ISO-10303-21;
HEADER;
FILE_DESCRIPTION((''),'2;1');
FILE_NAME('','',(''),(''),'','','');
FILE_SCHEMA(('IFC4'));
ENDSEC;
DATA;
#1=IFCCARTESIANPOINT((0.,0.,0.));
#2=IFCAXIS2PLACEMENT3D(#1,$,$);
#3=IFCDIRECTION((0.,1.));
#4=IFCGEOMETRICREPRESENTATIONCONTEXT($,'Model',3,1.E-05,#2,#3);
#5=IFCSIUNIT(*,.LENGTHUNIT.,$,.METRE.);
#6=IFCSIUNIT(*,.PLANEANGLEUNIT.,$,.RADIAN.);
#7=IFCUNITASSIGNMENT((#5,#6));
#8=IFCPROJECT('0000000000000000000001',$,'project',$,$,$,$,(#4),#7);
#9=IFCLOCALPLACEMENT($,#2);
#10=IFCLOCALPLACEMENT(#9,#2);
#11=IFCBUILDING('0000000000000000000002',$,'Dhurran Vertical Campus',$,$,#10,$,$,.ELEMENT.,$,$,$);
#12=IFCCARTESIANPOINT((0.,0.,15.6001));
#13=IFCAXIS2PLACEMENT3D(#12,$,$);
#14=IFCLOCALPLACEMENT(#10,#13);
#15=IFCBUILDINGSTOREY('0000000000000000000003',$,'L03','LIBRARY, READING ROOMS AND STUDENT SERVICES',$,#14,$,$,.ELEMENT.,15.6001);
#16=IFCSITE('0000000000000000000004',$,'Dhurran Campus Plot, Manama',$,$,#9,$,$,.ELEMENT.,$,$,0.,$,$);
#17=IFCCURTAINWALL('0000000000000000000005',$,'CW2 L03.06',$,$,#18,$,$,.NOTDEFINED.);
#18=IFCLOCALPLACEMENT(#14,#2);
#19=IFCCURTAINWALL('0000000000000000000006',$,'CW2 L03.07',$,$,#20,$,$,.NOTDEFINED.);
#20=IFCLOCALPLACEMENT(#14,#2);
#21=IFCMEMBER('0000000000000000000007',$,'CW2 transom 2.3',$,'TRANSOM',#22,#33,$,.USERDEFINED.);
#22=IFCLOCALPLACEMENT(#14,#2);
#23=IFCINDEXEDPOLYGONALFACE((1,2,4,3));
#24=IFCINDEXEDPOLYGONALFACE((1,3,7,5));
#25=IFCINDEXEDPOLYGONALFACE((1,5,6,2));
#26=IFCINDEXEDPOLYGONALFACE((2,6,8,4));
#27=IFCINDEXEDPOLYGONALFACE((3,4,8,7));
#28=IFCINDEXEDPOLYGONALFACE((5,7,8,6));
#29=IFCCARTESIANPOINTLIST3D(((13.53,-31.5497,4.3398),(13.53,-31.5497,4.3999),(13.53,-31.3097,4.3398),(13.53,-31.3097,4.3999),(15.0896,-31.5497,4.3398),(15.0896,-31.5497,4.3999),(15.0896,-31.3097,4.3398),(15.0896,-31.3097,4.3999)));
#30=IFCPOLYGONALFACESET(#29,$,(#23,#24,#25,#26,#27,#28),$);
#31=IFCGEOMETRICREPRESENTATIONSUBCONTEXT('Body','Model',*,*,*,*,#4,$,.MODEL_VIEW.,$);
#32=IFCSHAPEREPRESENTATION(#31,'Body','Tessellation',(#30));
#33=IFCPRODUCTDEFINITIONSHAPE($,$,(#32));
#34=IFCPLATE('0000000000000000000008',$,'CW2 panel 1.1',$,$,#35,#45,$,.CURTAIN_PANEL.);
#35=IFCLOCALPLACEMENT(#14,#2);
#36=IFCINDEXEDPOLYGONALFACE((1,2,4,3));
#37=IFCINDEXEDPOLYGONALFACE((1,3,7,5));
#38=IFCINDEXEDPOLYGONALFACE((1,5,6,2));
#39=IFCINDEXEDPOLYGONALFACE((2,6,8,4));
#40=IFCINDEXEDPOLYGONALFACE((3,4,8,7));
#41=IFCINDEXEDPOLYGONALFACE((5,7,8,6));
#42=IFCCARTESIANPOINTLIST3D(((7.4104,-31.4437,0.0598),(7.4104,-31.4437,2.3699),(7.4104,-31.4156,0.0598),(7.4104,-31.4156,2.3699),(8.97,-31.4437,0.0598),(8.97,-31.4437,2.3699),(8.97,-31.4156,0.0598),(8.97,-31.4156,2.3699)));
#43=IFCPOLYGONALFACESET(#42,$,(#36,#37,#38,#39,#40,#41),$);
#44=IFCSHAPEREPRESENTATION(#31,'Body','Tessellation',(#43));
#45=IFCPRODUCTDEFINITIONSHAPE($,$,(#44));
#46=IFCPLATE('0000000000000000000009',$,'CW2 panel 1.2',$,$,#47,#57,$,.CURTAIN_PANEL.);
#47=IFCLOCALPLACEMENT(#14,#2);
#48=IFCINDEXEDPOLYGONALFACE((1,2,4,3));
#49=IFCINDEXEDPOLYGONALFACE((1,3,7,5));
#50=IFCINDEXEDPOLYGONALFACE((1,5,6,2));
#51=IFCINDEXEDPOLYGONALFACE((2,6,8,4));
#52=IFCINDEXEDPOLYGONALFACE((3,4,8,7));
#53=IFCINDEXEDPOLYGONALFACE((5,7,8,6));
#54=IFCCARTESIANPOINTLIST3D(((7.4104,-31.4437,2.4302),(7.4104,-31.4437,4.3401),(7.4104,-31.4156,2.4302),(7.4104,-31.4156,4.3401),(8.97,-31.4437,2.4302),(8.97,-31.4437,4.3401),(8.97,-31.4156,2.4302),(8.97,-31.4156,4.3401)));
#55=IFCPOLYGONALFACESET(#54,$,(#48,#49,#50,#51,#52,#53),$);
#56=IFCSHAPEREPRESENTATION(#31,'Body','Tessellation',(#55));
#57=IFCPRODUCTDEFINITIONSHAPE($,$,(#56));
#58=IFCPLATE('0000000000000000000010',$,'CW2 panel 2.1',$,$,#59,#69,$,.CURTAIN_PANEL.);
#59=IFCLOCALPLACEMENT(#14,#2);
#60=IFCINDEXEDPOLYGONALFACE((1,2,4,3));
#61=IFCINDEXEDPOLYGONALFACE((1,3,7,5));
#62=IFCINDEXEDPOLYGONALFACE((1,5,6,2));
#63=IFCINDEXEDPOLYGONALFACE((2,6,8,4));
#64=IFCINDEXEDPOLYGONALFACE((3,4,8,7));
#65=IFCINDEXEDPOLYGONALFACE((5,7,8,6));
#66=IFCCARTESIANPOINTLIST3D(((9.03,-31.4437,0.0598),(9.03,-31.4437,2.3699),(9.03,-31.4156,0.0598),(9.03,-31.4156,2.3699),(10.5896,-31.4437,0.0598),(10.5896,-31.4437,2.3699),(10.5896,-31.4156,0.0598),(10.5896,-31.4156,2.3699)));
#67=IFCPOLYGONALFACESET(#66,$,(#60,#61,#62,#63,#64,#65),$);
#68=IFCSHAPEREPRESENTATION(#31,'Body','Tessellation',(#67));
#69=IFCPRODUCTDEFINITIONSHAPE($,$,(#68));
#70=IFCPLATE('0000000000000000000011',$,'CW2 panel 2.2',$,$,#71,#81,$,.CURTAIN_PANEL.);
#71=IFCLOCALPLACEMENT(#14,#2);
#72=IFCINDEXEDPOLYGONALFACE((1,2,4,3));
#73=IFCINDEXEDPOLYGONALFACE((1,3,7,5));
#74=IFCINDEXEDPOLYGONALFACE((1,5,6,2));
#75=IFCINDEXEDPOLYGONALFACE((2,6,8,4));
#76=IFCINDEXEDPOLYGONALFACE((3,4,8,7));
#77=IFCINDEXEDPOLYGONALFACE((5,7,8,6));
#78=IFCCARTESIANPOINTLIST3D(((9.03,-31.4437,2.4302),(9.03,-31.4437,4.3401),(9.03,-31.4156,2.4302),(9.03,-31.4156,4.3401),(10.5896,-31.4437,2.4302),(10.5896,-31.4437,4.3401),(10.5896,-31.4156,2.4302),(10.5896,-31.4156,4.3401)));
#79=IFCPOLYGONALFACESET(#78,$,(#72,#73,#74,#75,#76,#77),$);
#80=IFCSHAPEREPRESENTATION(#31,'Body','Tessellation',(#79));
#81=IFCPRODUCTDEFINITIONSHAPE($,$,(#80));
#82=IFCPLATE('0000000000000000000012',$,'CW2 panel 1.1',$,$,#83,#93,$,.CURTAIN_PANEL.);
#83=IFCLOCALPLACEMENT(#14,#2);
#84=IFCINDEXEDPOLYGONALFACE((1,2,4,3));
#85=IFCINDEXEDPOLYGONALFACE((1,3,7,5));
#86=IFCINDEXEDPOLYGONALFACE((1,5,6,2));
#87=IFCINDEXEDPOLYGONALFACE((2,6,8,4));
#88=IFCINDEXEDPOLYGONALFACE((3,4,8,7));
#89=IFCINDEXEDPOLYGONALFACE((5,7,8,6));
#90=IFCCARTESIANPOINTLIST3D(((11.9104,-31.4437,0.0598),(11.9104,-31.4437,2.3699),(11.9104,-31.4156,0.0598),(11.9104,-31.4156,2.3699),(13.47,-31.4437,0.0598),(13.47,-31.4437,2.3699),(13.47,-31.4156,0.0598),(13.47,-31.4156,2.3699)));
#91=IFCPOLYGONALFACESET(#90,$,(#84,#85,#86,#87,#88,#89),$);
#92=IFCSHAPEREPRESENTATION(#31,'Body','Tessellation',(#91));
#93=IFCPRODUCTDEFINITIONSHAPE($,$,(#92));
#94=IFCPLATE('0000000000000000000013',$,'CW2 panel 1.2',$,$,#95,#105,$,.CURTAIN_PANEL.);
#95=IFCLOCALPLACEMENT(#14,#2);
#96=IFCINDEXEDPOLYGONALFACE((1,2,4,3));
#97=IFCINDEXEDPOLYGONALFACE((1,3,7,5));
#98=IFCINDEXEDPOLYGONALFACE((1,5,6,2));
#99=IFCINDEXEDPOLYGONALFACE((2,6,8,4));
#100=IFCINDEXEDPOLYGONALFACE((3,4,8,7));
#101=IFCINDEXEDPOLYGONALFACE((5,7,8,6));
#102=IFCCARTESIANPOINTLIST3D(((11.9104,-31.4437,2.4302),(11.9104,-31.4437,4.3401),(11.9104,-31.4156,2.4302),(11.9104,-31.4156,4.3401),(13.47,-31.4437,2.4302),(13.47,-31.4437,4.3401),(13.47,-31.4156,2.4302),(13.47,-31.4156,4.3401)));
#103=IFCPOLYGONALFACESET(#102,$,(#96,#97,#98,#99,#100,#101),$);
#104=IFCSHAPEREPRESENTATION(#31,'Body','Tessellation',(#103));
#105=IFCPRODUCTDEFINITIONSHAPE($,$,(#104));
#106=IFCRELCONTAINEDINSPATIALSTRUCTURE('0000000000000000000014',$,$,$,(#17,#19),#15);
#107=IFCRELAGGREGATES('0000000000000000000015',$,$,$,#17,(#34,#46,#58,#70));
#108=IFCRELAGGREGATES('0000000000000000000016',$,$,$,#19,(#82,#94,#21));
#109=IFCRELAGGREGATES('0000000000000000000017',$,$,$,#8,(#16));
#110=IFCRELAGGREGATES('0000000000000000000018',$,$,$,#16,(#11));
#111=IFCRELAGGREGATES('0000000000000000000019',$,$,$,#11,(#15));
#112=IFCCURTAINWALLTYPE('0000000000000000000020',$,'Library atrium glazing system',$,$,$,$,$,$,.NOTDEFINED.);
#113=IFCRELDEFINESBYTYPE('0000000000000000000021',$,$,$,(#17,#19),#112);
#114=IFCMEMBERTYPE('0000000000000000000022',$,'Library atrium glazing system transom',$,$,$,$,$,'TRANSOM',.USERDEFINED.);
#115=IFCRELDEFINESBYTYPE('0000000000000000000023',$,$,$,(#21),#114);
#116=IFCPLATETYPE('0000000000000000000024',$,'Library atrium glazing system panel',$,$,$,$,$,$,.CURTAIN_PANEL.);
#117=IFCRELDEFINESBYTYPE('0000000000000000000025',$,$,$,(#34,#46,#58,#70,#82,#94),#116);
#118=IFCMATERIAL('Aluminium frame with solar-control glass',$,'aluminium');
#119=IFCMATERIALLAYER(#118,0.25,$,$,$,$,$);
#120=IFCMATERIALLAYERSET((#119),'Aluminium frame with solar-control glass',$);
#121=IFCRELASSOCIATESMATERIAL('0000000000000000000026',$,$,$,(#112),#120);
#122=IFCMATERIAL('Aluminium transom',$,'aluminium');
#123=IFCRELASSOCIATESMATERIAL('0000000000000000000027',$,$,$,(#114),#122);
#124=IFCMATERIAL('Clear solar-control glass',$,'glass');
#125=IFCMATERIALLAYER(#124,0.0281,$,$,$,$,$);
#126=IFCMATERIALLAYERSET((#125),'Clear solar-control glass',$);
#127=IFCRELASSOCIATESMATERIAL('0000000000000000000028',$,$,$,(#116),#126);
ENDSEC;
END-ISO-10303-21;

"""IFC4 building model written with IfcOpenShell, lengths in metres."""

from ifc_helpers import new_model, si_unit, direction, frame, origin, origin_2d, place, context, subcontext, project, spatial, rectangle, extrude, material, layer, layer_set, material_profile, profile_set, type_object, element, aggregate, save


model = new_model("IFC4")

# Units and contexts
model_context = context("Model", 3, precision=1e-05, world=origin(), true_north=direction((0.0, 1.0)))
body_context = subcontext(model_context, "Body", "Model", "MODEL_VIEW")
ifc_project = project(units=[si_unit("LENGTHUNIT", "METRE"), si_unit("PLANEANGLEUNIT", "RADIAN")], contexts=[model_context])

# Site, building, storey
site_placement = place(None, origin())
site = spatial("IfcSite", under=ifc_project, at=site_placement, Name="Dhurran Campus Plot, Manama", CompositionType="ELEMENT", RefElevation=0.0)
building_placement = place(site_placement, origin())
building = spatial("IfcBuilding", under=site, at=building_placement, Name="Dhurran Vertical Campus", CompositionType="ELEMENT")
storey_placement = place(building_placement, frame((0.0, 0.0, 15.6001)))
storey = spatial("IfcBuildingStorey", under=building, at=storey_placement, Name="L03", Description="LIBRARY, READING ROOMS AND STUDENT SERVICES", CompositionType="ELEMENT", Elevation=15.6001)

# Curtain walls
ifc_material_1 = material(Name="Aluminium frame with solar-control glass", Category="aluminium")
ifc_layer_1 = layer(ifc_material_1, 0.25)
ifc_layer_set_1 = layer_set([ifc_layer_1], Name="Aluminium frame with solar-control glass")
curtain_wall_type = type_object("IfcCurtainWallType", Name="Library atrium glazing system", PredefinedType="NOTDEFINED", material=ifc_layer_set_1)
curtain_wall_1_placement = place(storey_placement, origin())
curtain_wall_1 = element("IfcCurtainWall", 1, at=curtain_wall_1_placement, inside=storey, type_object=curtain_wall_type, Name="CW2 L03.06", PredefinedType="NOTDEFINED")
curtain_wall_2_placement = place(storey_placement, origin())
curtain_wall_2 = element("IfcCurtainWall", 2, at=curtain_wall_2_placement, inside=storey, type_object=curtain_wall_type, Name="CW2 L03.07", PredefinedType="NOTDEFINED")

# Member
ifc_material_2 = material(Name="Aluminium transom", Category="aluminium")
ifc_material_profile_1 = material_profile(ifc_material_2, rectangle(XDim=0.24, YDim=0.0601, at=origin_2d()), Name="Library atrium glazing system transom")
ifc_profile_set_1 = profile_set([ifc_material_profile_1], Name="Aluminium transom")
member_type_1 = type_object("IfcMemberType", Name="Library atrium glazing system transom", ElementType="TRANSOM", PredefinedType="USERDEFINED", material=ifc_profile_set_1)
member_1_placement = place(storey_placement, frame((13.53, -31.4297, 4.3699), z_axis=(1.0, 0.0, 0.0), x_axis=(0.0, 1.0, 0.0)))
member_1 = element("IfcMember", 3, at=member_1_placement, type_object=member_type_1, Name="CW2 transom 2.3", ObjectType="TRANSOM", PredefinedType="USERDEFINED", context=body_context, shape_type="SweptSolid", body=[
    extrude(rectangle(XDim=0.24, YDim=0.0601, at=origin_2d()), origin(), (0.0, 0.0, 1.0), 1.5596),
])

# Plates
ifc_material_3 = material(Name="Clear solar-control glass", Category="glass")
ifc_layer_2 = layer(ifc_material_3, 0.0281)
ifc_layer_set_2 = layer_set([ifc_layer_2], Name="Clear solar-control glass")
plate_type = type_object("IfcPlateType", Name="Library atrium glazing system panel", PredefinedType="CURTAIN_PANEL", material=ifc_layer_set_2)
plate_1_placement = place(storey_placement, frame((8.1902, -31.4297, 0.0598), z_axis=(0.0, 0.0, 1.0), x_axis=(1.0, 0.0, 0.0)))
plate_1 = element("IfcPlate", 4, at=plate_1_placement, type_object=plate_type, Name="CW2 panel 1.1", PredefinedType="CURTAIN_PANEL", context=body_context, shape_type="SweptSolid", body=[
    extrude(rectangle(XDim=1.5596, YDim=0.0281, at=origin_2d()), origin(), (0.0, 0.0, 1.0), 2.3101),
])
plate_2_placement = place(storey_placement, frame((8.1902, -31.4297, 2.4302), z_axis=(0.0, 0.0, 1.0), x_axis=(1.0, 0.0, 0.0)))
plate_2 = element("IfcPlate", 5, at=plate_2_placement, type_object=plate_type, Name="CW2 panel 1.2", PredefinedType="CURTAIN_PANEL", context=body_context, shape_type="SweptSolid", body=[
    extrude(rectangle(XDim=1.5596, YDim=0.0281, at=origin_2d()), origin(), (0.0, 0.0, 1.0), 1.9099),
])
plate_3_placement = place(storey_placement, frame((9.8098, -31.4297, 0.0598), z_axis=(0.0, 0.0, 1.0), x_axis=(1.0, 0.0, 0.0)))
plate_3 = element("IfcPlate", 6, at=plate_3_placement, type_object=plate_type, Name="CW2 panel 2.1", PredefinedType="CURTAIN_PANEL", context=body_context, shape_type="SweptSolid", body=[
    extrude(rectangle(XDim=1.5596, YDim=0.0281, at=origin_2d()), origin(), (0.0, 0.0, 1.0), 2.3101),
])
plate_4_placement = place(storey_placement, frame((9.8098, -31.4297, 2.4302), z_axis=(0.0, 0.0, 1.0), x_axis=(1.0, 0.0, 0.0)))
plate_4 = element("IfcPlate", 7, at=plate_4_placement, type_object=plate_type, Name="CW2 panel 2.2", PredefinedType="CURTAIN_PANEL", context=body_context, shape_type="SweptSolid", body=[
    extrude(rectangle(XDim=1.5596, YDim=0.0281, at=origin_2d()), origin(), (0.0, 0.0, 1.0), 1.9099),
])
aggregate(curtain_wall_1, [plate_1, plate_2, plate_3, plate_4])
plate_5_placement = place(storey_placement, frame((12.6902, -31.4297, 0.0598), z_axis=(0.0, 0.0, 1.0), x_axis=(1.0, 0.0, 0.0)))
plate_5 = element("IfcPlate", 8, at=plate_5_placement, type_object=plate_type, Name="CW2 panel 1.1", PredefinedType="CURTAIN_PANEL", context=body_context, shape_type="SweptSolid", body=[
    extrude(rectangle(XDim=1.5596, YDim=0.0281, at=origin_2d()), origin(), (0.0, 0.0, 1.0), 2.3101),
])
plate_6_placement = place(storey_placement, frame((12.6902, -31.4297, 2.4302), z_axis=(0.0, 0.0, 1.0), x_axis=(1.0, 0.0, 0.0)))
plate_6 = element("IfcPlate", 9, at=plate_6_placement, type_object=plate_type, Name="CW2 panel 1.2", PredefinedType="CURTAIN_PANEL", context=body_context, shape_type="SweptSolid", body=[
    extrude(rectangle(XDim=1.5596, YDim=0.0281, at=origin_2d()), origin(), (0.0, 0.0, 1.0), 1.9099),
])
aggregate(curtain_wall_2, [plate_5, plate_6, member_1])

save(model, "model.ifc")
